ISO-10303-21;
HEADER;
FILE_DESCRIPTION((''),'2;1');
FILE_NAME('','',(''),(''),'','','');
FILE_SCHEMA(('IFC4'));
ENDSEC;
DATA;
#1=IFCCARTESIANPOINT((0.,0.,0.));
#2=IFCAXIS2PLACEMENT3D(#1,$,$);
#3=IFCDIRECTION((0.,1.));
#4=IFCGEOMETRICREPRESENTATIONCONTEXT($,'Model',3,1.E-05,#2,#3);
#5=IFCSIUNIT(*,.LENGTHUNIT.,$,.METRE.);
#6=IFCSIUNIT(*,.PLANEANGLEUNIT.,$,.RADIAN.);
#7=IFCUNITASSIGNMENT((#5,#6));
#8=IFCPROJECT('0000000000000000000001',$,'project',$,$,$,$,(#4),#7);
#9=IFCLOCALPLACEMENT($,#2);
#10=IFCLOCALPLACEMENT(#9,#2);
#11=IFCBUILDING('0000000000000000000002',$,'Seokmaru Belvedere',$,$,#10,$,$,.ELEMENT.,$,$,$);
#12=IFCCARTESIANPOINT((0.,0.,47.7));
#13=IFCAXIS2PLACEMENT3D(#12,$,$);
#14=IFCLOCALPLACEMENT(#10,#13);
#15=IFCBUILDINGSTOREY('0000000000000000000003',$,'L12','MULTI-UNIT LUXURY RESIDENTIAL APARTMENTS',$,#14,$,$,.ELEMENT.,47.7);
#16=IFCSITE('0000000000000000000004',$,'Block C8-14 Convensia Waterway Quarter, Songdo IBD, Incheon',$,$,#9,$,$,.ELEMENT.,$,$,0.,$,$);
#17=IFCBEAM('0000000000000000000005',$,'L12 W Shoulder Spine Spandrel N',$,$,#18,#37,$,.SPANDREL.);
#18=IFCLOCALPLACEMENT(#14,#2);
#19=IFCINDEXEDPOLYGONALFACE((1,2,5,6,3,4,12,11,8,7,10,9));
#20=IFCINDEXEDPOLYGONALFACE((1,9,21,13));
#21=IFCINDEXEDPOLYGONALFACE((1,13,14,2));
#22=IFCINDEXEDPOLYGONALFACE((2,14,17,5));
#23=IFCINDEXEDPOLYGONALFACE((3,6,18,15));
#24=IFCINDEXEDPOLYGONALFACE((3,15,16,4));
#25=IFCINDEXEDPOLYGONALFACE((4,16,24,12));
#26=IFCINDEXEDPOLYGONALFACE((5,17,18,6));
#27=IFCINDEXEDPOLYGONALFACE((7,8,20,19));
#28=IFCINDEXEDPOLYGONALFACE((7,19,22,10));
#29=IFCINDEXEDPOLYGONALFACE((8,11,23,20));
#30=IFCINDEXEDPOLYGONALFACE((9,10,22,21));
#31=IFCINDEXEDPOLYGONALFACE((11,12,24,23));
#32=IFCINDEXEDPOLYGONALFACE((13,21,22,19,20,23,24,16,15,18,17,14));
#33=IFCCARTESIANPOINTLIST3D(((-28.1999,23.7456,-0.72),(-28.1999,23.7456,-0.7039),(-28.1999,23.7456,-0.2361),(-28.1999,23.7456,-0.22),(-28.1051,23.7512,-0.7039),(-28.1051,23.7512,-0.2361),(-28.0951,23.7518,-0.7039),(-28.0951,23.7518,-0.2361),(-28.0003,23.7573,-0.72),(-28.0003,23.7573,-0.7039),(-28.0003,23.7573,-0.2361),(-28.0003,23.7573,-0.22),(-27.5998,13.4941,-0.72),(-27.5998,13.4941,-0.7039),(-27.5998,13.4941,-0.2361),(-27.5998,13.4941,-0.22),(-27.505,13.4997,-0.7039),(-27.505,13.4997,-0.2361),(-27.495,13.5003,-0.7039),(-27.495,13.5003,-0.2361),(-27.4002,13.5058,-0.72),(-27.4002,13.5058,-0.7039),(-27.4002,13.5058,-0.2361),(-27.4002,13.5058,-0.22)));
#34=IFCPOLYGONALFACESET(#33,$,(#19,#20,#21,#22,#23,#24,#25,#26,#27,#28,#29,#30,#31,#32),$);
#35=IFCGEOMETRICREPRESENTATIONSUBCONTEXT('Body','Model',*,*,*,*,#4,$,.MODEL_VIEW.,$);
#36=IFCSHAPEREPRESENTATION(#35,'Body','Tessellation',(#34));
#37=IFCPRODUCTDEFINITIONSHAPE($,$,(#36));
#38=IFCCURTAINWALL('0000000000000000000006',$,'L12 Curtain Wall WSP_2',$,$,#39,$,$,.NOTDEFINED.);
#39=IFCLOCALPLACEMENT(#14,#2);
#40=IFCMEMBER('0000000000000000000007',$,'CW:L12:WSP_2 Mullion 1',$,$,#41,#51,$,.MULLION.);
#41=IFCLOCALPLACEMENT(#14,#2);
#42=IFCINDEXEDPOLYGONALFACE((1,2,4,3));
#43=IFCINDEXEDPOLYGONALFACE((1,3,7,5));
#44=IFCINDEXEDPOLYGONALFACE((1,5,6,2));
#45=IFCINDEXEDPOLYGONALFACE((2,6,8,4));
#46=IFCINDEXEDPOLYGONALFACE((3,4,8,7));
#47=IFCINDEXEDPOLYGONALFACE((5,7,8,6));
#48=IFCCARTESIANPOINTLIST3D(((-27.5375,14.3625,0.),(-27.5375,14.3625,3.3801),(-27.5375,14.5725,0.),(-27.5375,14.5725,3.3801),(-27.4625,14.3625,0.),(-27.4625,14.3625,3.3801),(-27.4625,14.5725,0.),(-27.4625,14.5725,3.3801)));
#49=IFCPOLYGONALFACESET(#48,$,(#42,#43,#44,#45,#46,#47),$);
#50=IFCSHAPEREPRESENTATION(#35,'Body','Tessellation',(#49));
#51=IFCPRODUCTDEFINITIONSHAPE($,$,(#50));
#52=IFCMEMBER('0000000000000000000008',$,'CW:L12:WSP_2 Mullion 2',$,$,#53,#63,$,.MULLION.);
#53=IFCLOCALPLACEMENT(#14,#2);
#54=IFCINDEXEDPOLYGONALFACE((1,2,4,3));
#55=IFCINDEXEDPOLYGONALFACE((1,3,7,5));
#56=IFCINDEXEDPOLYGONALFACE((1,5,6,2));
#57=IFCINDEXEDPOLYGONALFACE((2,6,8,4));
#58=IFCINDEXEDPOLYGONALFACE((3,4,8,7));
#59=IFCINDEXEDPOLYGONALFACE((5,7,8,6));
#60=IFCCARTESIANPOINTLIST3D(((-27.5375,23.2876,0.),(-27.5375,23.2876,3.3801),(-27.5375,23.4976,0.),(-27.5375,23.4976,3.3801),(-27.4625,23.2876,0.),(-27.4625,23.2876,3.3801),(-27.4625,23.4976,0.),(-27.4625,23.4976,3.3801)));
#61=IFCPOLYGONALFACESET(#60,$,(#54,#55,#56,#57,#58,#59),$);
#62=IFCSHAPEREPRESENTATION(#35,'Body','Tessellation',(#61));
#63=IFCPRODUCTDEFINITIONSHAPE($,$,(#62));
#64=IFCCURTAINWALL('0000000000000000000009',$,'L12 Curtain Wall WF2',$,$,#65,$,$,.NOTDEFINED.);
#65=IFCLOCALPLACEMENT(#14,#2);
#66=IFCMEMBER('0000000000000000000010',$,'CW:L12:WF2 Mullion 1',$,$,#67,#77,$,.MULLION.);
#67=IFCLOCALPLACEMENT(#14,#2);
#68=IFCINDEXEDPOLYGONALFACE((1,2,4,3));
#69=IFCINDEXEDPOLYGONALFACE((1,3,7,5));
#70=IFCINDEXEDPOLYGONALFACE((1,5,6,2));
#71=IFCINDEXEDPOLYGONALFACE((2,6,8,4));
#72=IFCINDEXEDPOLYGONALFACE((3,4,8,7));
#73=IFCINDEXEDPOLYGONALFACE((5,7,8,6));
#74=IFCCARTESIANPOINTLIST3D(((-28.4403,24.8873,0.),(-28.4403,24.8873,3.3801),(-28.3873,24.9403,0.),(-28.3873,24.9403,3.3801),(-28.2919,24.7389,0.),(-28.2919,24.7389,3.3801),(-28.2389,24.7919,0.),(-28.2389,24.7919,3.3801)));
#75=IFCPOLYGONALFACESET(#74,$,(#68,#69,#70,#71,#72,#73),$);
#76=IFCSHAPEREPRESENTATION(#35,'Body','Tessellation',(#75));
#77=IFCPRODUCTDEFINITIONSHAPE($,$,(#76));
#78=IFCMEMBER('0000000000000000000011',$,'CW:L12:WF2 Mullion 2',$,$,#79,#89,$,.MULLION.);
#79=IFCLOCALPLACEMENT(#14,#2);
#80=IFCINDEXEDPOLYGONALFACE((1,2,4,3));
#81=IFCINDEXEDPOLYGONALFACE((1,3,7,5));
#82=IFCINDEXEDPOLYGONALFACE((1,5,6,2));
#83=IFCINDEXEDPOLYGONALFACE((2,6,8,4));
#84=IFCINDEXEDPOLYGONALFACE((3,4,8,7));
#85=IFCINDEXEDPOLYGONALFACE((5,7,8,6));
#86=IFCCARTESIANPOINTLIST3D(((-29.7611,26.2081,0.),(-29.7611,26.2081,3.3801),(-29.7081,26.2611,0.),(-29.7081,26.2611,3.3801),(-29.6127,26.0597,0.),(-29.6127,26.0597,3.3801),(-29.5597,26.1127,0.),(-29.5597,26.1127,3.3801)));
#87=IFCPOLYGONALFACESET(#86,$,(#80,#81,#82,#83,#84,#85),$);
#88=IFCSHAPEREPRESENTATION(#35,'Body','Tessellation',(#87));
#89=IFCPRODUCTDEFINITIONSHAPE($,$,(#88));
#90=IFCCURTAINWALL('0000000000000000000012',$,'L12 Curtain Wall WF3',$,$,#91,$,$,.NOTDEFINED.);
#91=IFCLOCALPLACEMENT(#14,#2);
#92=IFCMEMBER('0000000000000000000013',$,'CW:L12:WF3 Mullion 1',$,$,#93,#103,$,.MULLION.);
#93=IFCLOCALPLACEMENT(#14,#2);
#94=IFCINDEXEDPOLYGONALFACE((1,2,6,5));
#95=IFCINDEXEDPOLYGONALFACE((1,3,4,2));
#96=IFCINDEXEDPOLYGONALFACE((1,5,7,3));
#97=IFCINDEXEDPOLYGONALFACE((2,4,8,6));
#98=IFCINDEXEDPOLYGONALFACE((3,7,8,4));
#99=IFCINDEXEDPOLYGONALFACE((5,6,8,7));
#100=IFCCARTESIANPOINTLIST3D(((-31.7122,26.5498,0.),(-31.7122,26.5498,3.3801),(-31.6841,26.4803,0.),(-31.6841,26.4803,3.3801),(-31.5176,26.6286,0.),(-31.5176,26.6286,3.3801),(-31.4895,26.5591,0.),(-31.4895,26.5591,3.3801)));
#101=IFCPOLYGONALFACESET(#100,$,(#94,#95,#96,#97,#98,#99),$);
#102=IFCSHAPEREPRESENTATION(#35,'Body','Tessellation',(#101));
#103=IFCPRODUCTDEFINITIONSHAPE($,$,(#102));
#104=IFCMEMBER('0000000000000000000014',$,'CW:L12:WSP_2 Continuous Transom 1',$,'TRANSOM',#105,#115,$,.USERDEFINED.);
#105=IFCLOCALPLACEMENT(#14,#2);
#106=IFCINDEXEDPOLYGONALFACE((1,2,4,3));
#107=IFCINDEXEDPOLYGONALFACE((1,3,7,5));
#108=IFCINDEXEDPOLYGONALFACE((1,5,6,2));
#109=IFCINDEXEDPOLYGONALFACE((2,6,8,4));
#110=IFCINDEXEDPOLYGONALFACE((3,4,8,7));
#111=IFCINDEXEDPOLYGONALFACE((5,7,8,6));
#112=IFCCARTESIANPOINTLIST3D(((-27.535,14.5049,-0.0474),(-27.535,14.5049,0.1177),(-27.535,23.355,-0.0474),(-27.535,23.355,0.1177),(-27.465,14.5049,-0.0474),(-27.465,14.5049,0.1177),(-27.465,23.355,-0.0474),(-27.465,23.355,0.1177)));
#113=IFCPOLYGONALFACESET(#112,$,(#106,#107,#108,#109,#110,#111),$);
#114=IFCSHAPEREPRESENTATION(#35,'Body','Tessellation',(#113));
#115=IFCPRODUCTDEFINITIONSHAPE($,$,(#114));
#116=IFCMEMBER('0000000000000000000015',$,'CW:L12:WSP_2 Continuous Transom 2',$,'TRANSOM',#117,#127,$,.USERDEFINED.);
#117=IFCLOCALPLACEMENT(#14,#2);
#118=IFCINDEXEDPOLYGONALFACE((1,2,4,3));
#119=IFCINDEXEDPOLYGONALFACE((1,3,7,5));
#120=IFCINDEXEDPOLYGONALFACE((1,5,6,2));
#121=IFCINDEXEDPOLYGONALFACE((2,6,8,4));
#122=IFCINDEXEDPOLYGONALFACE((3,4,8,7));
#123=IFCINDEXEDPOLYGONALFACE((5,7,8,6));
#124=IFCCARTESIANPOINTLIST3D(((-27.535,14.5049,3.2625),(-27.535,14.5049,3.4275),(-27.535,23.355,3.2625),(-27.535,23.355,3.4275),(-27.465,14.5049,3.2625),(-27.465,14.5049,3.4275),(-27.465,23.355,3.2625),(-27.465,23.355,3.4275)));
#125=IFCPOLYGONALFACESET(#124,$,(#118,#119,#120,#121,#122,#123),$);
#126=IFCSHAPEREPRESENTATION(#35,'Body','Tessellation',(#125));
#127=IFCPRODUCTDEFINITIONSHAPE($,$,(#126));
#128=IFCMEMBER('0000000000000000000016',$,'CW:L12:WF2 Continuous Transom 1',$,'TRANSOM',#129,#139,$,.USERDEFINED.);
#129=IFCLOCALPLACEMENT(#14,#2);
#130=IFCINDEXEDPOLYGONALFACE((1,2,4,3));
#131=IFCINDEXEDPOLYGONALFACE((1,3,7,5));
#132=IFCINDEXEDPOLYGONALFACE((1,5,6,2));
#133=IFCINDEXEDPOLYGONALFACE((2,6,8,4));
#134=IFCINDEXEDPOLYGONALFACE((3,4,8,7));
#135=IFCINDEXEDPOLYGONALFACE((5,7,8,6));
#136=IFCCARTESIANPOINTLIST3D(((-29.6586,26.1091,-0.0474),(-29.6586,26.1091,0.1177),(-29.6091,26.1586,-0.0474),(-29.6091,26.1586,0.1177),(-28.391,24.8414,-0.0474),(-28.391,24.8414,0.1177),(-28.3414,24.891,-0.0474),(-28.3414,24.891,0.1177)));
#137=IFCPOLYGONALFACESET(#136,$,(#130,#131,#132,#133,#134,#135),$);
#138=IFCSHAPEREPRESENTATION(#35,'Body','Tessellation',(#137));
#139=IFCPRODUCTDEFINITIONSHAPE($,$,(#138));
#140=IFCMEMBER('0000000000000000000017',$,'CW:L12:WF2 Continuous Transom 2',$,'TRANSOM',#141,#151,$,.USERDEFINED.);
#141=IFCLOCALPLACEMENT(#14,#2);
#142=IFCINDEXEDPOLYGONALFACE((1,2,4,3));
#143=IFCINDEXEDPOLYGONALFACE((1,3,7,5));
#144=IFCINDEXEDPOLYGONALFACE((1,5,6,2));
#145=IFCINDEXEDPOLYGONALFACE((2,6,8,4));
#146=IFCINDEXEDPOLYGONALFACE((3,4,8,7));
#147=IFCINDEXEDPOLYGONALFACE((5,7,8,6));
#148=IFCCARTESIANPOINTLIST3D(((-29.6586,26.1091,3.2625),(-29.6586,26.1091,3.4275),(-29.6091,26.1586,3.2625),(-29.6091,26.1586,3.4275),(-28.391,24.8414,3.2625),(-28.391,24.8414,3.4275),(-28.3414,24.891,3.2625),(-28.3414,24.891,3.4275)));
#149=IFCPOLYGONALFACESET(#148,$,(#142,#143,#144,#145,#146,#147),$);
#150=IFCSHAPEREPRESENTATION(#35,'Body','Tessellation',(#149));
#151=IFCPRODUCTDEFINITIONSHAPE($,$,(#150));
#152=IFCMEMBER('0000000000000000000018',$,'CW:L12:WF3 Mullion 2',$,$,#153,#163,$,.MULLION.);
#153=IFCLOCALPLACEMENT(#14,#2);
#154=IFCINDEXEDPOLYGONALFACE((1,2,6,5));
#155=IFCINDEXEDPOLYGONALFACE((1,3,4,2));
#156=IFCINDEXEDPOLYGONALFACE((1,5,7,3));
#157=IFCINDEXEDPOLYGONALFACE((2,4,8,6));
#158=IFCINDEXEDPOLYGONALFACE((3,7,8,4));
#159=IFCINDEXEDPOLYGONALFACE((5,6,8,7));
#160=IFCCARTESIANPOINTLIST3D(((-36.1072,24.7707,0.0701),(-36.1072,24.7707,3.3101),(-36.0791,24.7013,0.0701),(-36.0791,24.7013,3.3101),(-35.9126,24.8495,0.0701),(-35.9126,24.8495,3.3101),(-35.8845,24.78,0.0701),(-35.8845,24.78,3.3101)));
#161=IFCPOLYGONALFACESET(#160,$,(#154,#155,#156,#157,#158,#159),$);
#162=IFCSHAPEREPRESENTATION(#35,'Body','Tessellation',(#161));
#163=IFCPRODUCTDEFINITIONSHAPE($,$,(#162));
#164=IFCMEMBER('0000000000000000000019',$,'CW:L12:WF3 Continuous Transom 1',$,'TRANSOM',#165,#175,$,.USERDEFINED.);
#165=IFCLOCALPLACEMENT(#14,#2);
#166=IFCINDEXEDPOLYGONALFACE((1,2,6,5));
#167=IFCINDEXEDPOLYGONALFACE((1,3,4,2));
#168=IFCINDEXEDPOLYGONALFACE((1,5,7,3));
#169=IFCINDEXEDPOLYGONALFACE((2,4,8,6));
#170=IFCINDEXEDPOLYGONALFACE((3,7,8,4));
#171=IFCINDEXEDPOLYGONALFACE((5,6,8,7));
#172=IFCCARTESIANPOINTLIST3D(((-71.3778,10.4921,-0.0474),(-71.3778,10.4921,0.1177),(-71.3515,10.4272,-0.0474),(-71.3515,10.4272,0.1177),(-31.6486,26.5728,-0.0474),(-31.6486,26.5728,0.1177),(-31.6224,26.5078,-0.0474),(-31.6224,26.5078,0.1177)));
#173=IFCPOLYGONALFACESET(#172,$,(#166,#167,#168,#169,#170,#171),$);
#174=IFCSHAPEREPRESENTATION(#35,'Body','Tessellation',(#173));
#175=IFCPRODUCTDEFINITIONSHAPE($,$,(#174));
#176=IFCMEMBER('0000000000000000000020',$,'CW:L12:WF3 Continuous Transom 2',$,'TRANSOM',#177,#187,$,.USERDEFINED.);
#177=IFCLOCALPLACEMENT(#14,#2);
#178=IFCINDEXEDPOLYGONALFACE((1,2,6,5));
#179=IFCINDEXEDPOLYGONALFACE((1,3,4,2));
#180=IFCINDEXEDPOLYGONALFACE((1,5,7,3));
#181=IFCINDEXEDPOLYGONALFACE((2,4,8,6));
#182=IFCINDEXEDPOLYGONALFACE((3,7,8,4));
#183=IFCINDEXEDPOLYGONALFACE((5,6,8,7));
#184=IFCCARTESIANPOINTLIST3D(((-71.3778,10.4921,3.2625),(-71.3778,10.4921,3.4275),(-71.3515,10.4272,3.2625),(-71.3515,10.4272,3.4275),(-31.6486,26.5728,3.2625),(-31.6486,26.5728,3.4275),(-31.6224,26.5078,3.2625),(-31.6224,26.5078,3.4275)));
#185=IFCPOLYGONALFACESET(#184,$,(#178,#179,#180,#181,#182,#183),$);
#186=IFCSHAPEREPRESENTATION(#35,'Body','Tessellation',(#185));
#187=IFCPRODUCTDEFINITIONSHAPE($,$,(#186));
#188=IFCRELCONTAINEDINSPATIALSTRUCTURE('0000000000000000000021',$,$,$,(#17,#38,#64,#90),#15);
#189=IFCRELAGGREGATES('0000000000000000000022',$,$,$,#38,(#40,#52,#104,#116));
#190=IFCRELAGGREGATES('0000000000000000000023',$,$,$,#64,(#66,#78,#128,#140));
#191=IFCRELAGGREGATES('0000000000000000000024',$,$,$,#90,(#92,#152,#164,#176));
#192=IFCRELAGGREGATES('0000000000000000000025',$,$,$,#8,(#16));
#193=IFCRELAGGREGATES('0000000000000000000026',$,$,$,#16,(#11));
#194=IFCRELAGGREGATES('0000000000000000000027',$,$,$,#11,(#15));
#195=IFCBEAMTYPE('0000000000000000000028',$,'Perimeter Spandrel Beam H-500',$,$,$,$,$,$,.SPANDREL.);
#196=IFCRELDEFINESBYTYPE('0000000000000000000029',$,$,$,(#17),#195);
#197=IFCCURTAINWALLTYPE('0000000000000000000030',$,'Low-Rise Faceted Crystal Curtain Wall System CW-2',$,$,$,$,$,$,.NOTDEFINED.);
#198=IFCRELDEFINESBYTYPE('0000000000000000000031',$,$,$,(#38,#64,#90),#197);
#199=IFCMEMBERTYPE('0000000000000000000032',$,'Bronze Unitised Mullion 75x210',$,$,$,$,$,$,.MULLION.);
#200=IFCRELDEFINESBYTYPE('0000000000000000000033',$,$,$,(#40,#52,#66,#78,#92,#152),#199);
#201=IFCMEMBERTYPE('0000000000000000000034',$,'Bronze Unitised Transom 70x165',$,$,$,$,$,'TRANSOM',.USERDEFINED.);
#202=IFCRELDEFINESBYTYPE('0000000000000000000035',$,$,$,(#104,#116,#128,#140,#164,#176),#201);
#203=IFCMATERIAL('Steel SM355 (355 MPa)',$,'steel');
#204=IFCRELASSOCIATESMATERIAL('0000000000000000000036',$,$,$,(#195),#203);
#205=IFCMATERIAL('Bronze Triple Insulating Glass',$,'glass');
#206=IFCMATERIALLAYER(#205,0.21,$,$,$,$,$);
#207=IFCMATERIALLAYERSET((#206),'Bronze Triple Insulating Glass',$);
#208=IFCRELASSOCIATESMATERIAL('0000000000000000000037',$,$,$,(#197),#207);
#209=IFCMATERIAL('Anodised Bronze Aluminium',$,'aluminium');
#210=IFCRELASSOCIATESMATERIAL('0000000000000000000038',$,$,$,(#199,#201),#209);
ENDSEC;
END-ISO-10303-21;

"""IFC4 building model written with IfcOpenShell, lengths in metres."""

from ifc_helpers import new_model, si_unit, direction, frame, origin, origin_2d, place, context, subcontext, project, spatial, rectangle, i_section, extrude, source, transform, mapped, material, layer, layer_set, material_profile, profile_set, type_object, type_shapes, element, aggregate, save


model = new_model("IFC4")

# Units and contexts
model_context = context("Model", 3, precision=1e-05, world=origin(), true_north=direction((0.0, 1.0)))
body_context = subcontext(model_context, "Body", "Model", "MODEL_VIEW")
ifc_project = project(units=[si_unit("LENGTHUNIT", "METRE"), si_unit("PLANEANGLEUNIT", "RADIAN")], contexts=[model_context])

# Site, building, storey
site_placement = place(None, origin())
site = spatial("IfcSite", under=ifc_project, at=site_placement, Name="Block C8-14 Convensia Waterway Quarter, Songdo IBD, Incheon", CompositionType="ELEMENT", RefElevation=0.0)
building_placement = place(site_placement, origin())
building = spatial("IfcBuilding", under=site, at=building_placement, Name="Seokmaru Belvedere", CompositionType="ELEMENT")
storey_placement = place(building_placement, frame((0.0, 0.0, 47.7)))
storey = spatial("IfcBuildingStorey", under=building, at=storey_placement, Name="L12", Description="MULTI-UNIT LUXURY RESIDENTIAL APARTMENTS", CompositionType="ELEMENT", Elevation=47.7)

# Shared definitions
ifc_material_1 = material(Name="Steel SM355 (355 MPa)", Category="steel")

# Beam
ifc_material_profile_1 = material_profile(ifc_material_1, i_section(OverallWidth=0.2, OverallDepth=0.5, WebThickness=0.01, FlangeThickness=0.0161, at=origin_2d()), Name="H-500x200x10x16")
ifc_profile_set_1 = profile_set([ifc_material_profile_1], Name="Steel SM355 (355 MPa)")
beam_type_1 = type_object("IfcBeamType", Name="Perimeter Spandrel Beam H-500", PredefinedType="SPANDREL", material=ifc_profile_set_1)
shared_shape_1 = source(origin(), body_context, "Body", "SweptSolid", [
    extrude(i_section(OverallWidth=0.2, OverallDepth=0.5, WebThickness=0.01, FlangeThickness=0.0161, at=origin_2d()), origin(), (0.0, 0.0, 1.0), 10.269),
])
beam_1_placement = place(storey_placement, frame((-28.1001, 23.7515, -0.47), z_axis=(0.058438, -0.998291, 0.0), x_axis=(0.998291, 0.058438, 0.0)))
element("IfcBeam", 1, at=beam_1_placement, inside=storey, type_object=beam_type_1, Name="L12 W Shoulder Spine Spandrel N", PredefinedType="SPANDREL", context=body_context, shape_type="MappedRepresentation", body=[
    mapped(shared_shape_1, transform((0.0, 0.0, 0.0), scale=1.0)),
])

# Curtain walls, members
ifc_material_2 = material(Name="Bronze Triple Insulating Glass", Category="glass")
ifc_layer_1 = layer(ifc_material_2, 0.21)
ifc_layer_set_1 = layer_set([ifc_layer_1], Name="Bronze Triple Insulating Glass")
curtain_wall_type = type_object("IfcCurtainWallType", Name="Low-Rise Faceted Crystal Curtain Wall System CW-2", PredefinedType="NOTDEFINED", material=ifc_layer_set_1)
curtain_wall_1_placement = place(storey_placement, origin())
curtain_wall_1 = element("IfcCurtainWall", 2, at=curtain_wall_1_placement, inside=storey, type_object=curtain_wall_type, Name="L12 Curtain Wall WSP_2", PredefinedType="NOTDEFINED")
ifc_material_3 = material(Name="Anodised Bronze Aluminium", Category="aluminium")
ifc_material_profile_2 = material_profile(ifc_material_3, rectangle(XDim=0.075, YDim=0.21, at=origin_2d()), Name="CW-M-75x210")
ifc_profile_set_2 = profile_set([ifc_material_profile_2], Name="Anodised Bronze Aluminium")
member_type_1 = type_object("IfcMemberType", Name="Bronze Unitised Mullion 75x210", PredefinedType="MULLION", material=ifc_profile_set_2)
shared_shape_2 = source(origin(), body_context, "Body", "SweptSolid", [
    extrude(rectangle(XDim=0.075, YDim=0.21, at=origin_2d()), origin(), (0.0, 0.0, 1.0), 3.3801),
])
member_1_placement = place(storey_placement, frame((-27.5, 14.4675, 0.0), z_axis=(0.0, 0.0, 1.0), x_axis=(-1.0, 0.0, 0.0)))
member_1 = element("IfcMember", 3, at=member_1_placement, type_object=member_type_1, Name="CW:L12:WSP_2 Mullion 1", PredefinedType="MULLION", context=body_context, shape_type="MappedRepresentation", body=[
    mapped(shared_shape_2, transform((0.0, 0.0, 0.0), scale=1.0)),
])
member_2_placement = place(storey_placement, frame((-27.5, 23.3926, 0.0), z_axis=(0.0, 0.0, 1.0), x_axis=(-1.0, 0.0, 0.0)))
member_2 = element("IfcMember", 4, at=member_2_placement, type_object=member_type_1, Name="CW:L12:WSP_2 Mullion 2", PredefinedType="MULLION", context=body_context, shape_type="MappedRepresentation", body=[
    mapped(shared_shape_2, transform((0.0, 0.0, 0.0), scale=1.0)),
])
curtain_wall_2_placement = place(storey_placement, origin())
curtain_wall_2 = element("IfcCurtainWall", 5, at=curtain_wall_2_placement, inside=storey, type_object=curtain_wall_type, Name="L12 Curtain Wall WF2", PredefinedType="NOTDEFINED")
member_3_placement = place(storey_placement, frame((-28.3396, 24.8396, 0.0), z_axis=(0.0, 0.0, 1.0), x_axis=(-0.707107, -0.707107, 0.0)))
member_3 = element("IfcMember", 6, at=member_3_placement, type_object=member_type_1, Name="CW:L12:WF2 Mullion 1", PredefinedType="MULLION", context=body_context, shape_type="MappedRepresentation", body=[
    mapped(shared_shape_2, transform((0.0, 0.0, 0.0), scale=1.0)),
])
member_4_placement = place(storey_placement, frame((-29.6604, 26.1604, 0.0), z_axis=(0.0, 0.0, 1.0), x_axis=(-0.707107, -0.707107, 0.0)))
member_4 = element("IfcMember", 7, at=member_4_placement, type_object=member_type_1, Name="CW:L12:WF2 Mullion 2", PredefinedType="MULLION", context=body_context, shape_type="MappedRepresentation", body=[
    mapped(shared_shape_2, transform((0.0, 0.0, 0.0), scale=1.0)),
])

# Curtain wall, member
curtain_wall_3_placement = place(storey_placement, origin())
curtain_wall_3 = element("IfcCurtainWall", 8, at=curtain_wall_3_placement, inside=storey, type_object=curtain_wall_type, Name="L12 Curtain Wall WF3", PredefinedType="NOTDEFINED")
member_5_placement = place(storey_placement, frame((-31.6008, 26.5544, 0.0), z_axis=(0.0, 0.0, 1.0), x_axis=(0.375192, -0.926947, 0.0)))
member_5 = element("IfcMember", 9, at=member_5_placement, type_object=member_type_1, Name="CW:L12:WF3 Mullion 1", PredefinedType="MULLION", context=body_context, shape_type="MappedRepresentation", body=[
    mapped(shared_shape_2, transform((0.0, 0.0, 0.0), scale=1.0)),
])

# Members
ifc_material_profile_3 = material_profile(ifc_material_3, rectangle(XDim=0.0701, YDim=0.165, at=origin_2d()), Name="CW-T-70x165")
ifc_profile_set_3 = profile_set([ifc_material_profile_3], Name="Anodised Bronze Aluminium")
member_type_2 = type_object("IfcMemberType", Name="Bronze Unitised Transom 70x165", ElementType="TRANSOM", PredefinedType="USERDEFINED", material=ifc_profile_set_3)
shared_shape_3 = source(origin(), body_context, "Body", "SweptSolid", [
    extrude(rectangle(XDim=0.0701, YDim=0.165, at=origin_2d()), origin(), (0.0, 0.0, 1.0), 8.8501),
])
member_6_placement = place(storey_placement, frame((-27.5, 14.5049, 0.0352), z_axis=(0.0, 1.0, 0.0), x_axis=(-1.0, 0.0, 0.0)))
member_6 = element("IfcMember", 10, at=member_6_placement, type_object=member_type_2, Name="CW:L12:WSP_2 Continuous Transom 1", ObjectType="TRANSOM", PredefinedType="USERDEFINED", context=body_context, shape_type="MappedRepresentation", body=[
    mapped(shared_shape_3, transform((0.0, 0.0, 0.0), scale=1.0)),
])
member_7_placement = place(storey_placement, frame((-27.5, 14.5049, 3.345), z_axis=(0.0, 1.0, 0.0), x_axis=(-1.0, 0.0, 0.0)))
member_7 = element("IfcMember", 11, at=member_7_placement, type_object=member_type_2, Name="CW:L12:WSP_2 Continuous Transom 2", ObjectType="TRANSOM", PredefinedType="USERDEFINED", context=body_context, shape_type="MappedRepresentation", body=[
    mapped(shared_shape_3, transform((0.0, 0.0, 0.0), scale=1.0)),
])
shared_shape_4 = source(origin(), body_context, "Body", "SweptSolid", [
    extrude(rectangle(XDim=0.0701, YDim=0.165, at=origin_2d()), origin(), (0.0, 0.0, 1.0), 1.7927),
])
member_8_placement = place(storey_placement, frame((-28.3662, 24.8662, 0.0352), z_axis=(-0.707107, 0.707107, 0.0), x_axis=(-0.707107, -0.707107, 0.0)))
member_8 = element("IfcMember", 12, at=member_8_placement, type_object=member_type_2, Name="CW:L12:WF2 Continuous Transom 1", ObjectType="TRANSOM", PredefinedType="USERDEFINED", context=body_context, shape_type="MappedRepresentation", body=[
    mapped(shared_shape_4, transform((0.0, 0.0, 0.0), scale=1.0)),
])
member_9_placement = place(storey_placement, frame((-28.3662, 24.8662, 3.345), z_axis=(-0.707107, 0.707107, 0.0), x_axis=(-0.707107, -0.707107, 0.0)))
member_9 = element("IfcMember", 13, at=member_9_placement, type_object=member_type_2, Name="CW:L12:WF2 Continuous Transom 2", ObjectType="TRANSOM", PredefinedType="USERDEFINED", context=body_context, shape_type="MappedRepresentation", body=[
    mapped(shared_shape_4, transform((0.0, 0.0, 0.0), scale=1.0)),
])
shared_shape_5 = source(origin(), body_context, "Body", "SweptSolid", [
    extrude(rectangle(XDim=0.075, YDim=0.21, at=origin_2d()), origin(), (0.0, 0.0, 1.0), 3.24),
])
type_shapes(member_type_1, [shared_shape_2, shared_shape_5])
member_10_placement = place(storey_placement, frame((-35.9958, 24.7754, 0.0701), z_axis=(0.0, 0.0, 1.0), x_axis=(0.375192, -0.926947, 0.0)))
member_10 = element("IfcMember", 14, at=member_10_placement, type_object=member_type_1, Name="CW:L12:WF3 Mullion 2", PredefinedType="MULLION", context=body_context, shape_type="MappedRepresentation", body=[
    mapped(shared_shape_5, transform((0.0, 0.0, 0.0), scale=1.0)),
])
shared_shape_6 = source(origin(), body_context, "Body", "SweptSolid", [
    extrude(rectangle(XDim=0.0701, YDim=0.165, at=origin_2d()), origin(), (0.0, 0.0, 1.0), 42.8601),
])
type_shapes(member_type_2, [shared_shape_3, shared_shape_4, shared_shape_6])
member_11_placement = place(storey_placement, frame((-31.6355, 26.5403, 0.0352), z_axis=(-0.926949, -0.375188, 0.0), x_axis=(0.375188, -0.926949, 0.0)))
member_11 = element("IfcMember", 15, at=member_11_placement, type_object=member_type_2, Name="CW:L12:WF3 Continuous Transom 1", ObjectType="TRANSOM", PredefinedType="USERDEFINED", context=body_context, shape_type="MappedRepresentation", body=[
    mapped(shared_shape_6, transform((0.0, 0.0, 0.0), scale=1.0)),
])
member_12_placement = place(storey_placement, frame((-31.6355, 26.5403, 3.345), z_axis=(-0.926949, -0.375188, 0.0), x_axis=(0.375188, -0.926949, 0.0)))
member_12 = element("IfcMember", 16, at=member_12_placement, type_object=member_type_2, Name="CW:L12:WF3 Continuous Transom 2", ObjectType="TRANSOM", PredefinedType="USERDEFINED", context=body_context, shape_type="MappedRepresentation", body=[
    mapped(shared_shape_6, transform((0.0, 0.0, 0.0), scale=1.0)),
])

aggregate(curtain_wall_1, [member_1, member_2, member_6, member_7])
aggregate(curtain_wall_2, [member_3, member_4, member_8, member_9])
aggregate(curtain_wall_3, [member_5, member_10, member_11, member_12])

save(model, "model.ifc")
